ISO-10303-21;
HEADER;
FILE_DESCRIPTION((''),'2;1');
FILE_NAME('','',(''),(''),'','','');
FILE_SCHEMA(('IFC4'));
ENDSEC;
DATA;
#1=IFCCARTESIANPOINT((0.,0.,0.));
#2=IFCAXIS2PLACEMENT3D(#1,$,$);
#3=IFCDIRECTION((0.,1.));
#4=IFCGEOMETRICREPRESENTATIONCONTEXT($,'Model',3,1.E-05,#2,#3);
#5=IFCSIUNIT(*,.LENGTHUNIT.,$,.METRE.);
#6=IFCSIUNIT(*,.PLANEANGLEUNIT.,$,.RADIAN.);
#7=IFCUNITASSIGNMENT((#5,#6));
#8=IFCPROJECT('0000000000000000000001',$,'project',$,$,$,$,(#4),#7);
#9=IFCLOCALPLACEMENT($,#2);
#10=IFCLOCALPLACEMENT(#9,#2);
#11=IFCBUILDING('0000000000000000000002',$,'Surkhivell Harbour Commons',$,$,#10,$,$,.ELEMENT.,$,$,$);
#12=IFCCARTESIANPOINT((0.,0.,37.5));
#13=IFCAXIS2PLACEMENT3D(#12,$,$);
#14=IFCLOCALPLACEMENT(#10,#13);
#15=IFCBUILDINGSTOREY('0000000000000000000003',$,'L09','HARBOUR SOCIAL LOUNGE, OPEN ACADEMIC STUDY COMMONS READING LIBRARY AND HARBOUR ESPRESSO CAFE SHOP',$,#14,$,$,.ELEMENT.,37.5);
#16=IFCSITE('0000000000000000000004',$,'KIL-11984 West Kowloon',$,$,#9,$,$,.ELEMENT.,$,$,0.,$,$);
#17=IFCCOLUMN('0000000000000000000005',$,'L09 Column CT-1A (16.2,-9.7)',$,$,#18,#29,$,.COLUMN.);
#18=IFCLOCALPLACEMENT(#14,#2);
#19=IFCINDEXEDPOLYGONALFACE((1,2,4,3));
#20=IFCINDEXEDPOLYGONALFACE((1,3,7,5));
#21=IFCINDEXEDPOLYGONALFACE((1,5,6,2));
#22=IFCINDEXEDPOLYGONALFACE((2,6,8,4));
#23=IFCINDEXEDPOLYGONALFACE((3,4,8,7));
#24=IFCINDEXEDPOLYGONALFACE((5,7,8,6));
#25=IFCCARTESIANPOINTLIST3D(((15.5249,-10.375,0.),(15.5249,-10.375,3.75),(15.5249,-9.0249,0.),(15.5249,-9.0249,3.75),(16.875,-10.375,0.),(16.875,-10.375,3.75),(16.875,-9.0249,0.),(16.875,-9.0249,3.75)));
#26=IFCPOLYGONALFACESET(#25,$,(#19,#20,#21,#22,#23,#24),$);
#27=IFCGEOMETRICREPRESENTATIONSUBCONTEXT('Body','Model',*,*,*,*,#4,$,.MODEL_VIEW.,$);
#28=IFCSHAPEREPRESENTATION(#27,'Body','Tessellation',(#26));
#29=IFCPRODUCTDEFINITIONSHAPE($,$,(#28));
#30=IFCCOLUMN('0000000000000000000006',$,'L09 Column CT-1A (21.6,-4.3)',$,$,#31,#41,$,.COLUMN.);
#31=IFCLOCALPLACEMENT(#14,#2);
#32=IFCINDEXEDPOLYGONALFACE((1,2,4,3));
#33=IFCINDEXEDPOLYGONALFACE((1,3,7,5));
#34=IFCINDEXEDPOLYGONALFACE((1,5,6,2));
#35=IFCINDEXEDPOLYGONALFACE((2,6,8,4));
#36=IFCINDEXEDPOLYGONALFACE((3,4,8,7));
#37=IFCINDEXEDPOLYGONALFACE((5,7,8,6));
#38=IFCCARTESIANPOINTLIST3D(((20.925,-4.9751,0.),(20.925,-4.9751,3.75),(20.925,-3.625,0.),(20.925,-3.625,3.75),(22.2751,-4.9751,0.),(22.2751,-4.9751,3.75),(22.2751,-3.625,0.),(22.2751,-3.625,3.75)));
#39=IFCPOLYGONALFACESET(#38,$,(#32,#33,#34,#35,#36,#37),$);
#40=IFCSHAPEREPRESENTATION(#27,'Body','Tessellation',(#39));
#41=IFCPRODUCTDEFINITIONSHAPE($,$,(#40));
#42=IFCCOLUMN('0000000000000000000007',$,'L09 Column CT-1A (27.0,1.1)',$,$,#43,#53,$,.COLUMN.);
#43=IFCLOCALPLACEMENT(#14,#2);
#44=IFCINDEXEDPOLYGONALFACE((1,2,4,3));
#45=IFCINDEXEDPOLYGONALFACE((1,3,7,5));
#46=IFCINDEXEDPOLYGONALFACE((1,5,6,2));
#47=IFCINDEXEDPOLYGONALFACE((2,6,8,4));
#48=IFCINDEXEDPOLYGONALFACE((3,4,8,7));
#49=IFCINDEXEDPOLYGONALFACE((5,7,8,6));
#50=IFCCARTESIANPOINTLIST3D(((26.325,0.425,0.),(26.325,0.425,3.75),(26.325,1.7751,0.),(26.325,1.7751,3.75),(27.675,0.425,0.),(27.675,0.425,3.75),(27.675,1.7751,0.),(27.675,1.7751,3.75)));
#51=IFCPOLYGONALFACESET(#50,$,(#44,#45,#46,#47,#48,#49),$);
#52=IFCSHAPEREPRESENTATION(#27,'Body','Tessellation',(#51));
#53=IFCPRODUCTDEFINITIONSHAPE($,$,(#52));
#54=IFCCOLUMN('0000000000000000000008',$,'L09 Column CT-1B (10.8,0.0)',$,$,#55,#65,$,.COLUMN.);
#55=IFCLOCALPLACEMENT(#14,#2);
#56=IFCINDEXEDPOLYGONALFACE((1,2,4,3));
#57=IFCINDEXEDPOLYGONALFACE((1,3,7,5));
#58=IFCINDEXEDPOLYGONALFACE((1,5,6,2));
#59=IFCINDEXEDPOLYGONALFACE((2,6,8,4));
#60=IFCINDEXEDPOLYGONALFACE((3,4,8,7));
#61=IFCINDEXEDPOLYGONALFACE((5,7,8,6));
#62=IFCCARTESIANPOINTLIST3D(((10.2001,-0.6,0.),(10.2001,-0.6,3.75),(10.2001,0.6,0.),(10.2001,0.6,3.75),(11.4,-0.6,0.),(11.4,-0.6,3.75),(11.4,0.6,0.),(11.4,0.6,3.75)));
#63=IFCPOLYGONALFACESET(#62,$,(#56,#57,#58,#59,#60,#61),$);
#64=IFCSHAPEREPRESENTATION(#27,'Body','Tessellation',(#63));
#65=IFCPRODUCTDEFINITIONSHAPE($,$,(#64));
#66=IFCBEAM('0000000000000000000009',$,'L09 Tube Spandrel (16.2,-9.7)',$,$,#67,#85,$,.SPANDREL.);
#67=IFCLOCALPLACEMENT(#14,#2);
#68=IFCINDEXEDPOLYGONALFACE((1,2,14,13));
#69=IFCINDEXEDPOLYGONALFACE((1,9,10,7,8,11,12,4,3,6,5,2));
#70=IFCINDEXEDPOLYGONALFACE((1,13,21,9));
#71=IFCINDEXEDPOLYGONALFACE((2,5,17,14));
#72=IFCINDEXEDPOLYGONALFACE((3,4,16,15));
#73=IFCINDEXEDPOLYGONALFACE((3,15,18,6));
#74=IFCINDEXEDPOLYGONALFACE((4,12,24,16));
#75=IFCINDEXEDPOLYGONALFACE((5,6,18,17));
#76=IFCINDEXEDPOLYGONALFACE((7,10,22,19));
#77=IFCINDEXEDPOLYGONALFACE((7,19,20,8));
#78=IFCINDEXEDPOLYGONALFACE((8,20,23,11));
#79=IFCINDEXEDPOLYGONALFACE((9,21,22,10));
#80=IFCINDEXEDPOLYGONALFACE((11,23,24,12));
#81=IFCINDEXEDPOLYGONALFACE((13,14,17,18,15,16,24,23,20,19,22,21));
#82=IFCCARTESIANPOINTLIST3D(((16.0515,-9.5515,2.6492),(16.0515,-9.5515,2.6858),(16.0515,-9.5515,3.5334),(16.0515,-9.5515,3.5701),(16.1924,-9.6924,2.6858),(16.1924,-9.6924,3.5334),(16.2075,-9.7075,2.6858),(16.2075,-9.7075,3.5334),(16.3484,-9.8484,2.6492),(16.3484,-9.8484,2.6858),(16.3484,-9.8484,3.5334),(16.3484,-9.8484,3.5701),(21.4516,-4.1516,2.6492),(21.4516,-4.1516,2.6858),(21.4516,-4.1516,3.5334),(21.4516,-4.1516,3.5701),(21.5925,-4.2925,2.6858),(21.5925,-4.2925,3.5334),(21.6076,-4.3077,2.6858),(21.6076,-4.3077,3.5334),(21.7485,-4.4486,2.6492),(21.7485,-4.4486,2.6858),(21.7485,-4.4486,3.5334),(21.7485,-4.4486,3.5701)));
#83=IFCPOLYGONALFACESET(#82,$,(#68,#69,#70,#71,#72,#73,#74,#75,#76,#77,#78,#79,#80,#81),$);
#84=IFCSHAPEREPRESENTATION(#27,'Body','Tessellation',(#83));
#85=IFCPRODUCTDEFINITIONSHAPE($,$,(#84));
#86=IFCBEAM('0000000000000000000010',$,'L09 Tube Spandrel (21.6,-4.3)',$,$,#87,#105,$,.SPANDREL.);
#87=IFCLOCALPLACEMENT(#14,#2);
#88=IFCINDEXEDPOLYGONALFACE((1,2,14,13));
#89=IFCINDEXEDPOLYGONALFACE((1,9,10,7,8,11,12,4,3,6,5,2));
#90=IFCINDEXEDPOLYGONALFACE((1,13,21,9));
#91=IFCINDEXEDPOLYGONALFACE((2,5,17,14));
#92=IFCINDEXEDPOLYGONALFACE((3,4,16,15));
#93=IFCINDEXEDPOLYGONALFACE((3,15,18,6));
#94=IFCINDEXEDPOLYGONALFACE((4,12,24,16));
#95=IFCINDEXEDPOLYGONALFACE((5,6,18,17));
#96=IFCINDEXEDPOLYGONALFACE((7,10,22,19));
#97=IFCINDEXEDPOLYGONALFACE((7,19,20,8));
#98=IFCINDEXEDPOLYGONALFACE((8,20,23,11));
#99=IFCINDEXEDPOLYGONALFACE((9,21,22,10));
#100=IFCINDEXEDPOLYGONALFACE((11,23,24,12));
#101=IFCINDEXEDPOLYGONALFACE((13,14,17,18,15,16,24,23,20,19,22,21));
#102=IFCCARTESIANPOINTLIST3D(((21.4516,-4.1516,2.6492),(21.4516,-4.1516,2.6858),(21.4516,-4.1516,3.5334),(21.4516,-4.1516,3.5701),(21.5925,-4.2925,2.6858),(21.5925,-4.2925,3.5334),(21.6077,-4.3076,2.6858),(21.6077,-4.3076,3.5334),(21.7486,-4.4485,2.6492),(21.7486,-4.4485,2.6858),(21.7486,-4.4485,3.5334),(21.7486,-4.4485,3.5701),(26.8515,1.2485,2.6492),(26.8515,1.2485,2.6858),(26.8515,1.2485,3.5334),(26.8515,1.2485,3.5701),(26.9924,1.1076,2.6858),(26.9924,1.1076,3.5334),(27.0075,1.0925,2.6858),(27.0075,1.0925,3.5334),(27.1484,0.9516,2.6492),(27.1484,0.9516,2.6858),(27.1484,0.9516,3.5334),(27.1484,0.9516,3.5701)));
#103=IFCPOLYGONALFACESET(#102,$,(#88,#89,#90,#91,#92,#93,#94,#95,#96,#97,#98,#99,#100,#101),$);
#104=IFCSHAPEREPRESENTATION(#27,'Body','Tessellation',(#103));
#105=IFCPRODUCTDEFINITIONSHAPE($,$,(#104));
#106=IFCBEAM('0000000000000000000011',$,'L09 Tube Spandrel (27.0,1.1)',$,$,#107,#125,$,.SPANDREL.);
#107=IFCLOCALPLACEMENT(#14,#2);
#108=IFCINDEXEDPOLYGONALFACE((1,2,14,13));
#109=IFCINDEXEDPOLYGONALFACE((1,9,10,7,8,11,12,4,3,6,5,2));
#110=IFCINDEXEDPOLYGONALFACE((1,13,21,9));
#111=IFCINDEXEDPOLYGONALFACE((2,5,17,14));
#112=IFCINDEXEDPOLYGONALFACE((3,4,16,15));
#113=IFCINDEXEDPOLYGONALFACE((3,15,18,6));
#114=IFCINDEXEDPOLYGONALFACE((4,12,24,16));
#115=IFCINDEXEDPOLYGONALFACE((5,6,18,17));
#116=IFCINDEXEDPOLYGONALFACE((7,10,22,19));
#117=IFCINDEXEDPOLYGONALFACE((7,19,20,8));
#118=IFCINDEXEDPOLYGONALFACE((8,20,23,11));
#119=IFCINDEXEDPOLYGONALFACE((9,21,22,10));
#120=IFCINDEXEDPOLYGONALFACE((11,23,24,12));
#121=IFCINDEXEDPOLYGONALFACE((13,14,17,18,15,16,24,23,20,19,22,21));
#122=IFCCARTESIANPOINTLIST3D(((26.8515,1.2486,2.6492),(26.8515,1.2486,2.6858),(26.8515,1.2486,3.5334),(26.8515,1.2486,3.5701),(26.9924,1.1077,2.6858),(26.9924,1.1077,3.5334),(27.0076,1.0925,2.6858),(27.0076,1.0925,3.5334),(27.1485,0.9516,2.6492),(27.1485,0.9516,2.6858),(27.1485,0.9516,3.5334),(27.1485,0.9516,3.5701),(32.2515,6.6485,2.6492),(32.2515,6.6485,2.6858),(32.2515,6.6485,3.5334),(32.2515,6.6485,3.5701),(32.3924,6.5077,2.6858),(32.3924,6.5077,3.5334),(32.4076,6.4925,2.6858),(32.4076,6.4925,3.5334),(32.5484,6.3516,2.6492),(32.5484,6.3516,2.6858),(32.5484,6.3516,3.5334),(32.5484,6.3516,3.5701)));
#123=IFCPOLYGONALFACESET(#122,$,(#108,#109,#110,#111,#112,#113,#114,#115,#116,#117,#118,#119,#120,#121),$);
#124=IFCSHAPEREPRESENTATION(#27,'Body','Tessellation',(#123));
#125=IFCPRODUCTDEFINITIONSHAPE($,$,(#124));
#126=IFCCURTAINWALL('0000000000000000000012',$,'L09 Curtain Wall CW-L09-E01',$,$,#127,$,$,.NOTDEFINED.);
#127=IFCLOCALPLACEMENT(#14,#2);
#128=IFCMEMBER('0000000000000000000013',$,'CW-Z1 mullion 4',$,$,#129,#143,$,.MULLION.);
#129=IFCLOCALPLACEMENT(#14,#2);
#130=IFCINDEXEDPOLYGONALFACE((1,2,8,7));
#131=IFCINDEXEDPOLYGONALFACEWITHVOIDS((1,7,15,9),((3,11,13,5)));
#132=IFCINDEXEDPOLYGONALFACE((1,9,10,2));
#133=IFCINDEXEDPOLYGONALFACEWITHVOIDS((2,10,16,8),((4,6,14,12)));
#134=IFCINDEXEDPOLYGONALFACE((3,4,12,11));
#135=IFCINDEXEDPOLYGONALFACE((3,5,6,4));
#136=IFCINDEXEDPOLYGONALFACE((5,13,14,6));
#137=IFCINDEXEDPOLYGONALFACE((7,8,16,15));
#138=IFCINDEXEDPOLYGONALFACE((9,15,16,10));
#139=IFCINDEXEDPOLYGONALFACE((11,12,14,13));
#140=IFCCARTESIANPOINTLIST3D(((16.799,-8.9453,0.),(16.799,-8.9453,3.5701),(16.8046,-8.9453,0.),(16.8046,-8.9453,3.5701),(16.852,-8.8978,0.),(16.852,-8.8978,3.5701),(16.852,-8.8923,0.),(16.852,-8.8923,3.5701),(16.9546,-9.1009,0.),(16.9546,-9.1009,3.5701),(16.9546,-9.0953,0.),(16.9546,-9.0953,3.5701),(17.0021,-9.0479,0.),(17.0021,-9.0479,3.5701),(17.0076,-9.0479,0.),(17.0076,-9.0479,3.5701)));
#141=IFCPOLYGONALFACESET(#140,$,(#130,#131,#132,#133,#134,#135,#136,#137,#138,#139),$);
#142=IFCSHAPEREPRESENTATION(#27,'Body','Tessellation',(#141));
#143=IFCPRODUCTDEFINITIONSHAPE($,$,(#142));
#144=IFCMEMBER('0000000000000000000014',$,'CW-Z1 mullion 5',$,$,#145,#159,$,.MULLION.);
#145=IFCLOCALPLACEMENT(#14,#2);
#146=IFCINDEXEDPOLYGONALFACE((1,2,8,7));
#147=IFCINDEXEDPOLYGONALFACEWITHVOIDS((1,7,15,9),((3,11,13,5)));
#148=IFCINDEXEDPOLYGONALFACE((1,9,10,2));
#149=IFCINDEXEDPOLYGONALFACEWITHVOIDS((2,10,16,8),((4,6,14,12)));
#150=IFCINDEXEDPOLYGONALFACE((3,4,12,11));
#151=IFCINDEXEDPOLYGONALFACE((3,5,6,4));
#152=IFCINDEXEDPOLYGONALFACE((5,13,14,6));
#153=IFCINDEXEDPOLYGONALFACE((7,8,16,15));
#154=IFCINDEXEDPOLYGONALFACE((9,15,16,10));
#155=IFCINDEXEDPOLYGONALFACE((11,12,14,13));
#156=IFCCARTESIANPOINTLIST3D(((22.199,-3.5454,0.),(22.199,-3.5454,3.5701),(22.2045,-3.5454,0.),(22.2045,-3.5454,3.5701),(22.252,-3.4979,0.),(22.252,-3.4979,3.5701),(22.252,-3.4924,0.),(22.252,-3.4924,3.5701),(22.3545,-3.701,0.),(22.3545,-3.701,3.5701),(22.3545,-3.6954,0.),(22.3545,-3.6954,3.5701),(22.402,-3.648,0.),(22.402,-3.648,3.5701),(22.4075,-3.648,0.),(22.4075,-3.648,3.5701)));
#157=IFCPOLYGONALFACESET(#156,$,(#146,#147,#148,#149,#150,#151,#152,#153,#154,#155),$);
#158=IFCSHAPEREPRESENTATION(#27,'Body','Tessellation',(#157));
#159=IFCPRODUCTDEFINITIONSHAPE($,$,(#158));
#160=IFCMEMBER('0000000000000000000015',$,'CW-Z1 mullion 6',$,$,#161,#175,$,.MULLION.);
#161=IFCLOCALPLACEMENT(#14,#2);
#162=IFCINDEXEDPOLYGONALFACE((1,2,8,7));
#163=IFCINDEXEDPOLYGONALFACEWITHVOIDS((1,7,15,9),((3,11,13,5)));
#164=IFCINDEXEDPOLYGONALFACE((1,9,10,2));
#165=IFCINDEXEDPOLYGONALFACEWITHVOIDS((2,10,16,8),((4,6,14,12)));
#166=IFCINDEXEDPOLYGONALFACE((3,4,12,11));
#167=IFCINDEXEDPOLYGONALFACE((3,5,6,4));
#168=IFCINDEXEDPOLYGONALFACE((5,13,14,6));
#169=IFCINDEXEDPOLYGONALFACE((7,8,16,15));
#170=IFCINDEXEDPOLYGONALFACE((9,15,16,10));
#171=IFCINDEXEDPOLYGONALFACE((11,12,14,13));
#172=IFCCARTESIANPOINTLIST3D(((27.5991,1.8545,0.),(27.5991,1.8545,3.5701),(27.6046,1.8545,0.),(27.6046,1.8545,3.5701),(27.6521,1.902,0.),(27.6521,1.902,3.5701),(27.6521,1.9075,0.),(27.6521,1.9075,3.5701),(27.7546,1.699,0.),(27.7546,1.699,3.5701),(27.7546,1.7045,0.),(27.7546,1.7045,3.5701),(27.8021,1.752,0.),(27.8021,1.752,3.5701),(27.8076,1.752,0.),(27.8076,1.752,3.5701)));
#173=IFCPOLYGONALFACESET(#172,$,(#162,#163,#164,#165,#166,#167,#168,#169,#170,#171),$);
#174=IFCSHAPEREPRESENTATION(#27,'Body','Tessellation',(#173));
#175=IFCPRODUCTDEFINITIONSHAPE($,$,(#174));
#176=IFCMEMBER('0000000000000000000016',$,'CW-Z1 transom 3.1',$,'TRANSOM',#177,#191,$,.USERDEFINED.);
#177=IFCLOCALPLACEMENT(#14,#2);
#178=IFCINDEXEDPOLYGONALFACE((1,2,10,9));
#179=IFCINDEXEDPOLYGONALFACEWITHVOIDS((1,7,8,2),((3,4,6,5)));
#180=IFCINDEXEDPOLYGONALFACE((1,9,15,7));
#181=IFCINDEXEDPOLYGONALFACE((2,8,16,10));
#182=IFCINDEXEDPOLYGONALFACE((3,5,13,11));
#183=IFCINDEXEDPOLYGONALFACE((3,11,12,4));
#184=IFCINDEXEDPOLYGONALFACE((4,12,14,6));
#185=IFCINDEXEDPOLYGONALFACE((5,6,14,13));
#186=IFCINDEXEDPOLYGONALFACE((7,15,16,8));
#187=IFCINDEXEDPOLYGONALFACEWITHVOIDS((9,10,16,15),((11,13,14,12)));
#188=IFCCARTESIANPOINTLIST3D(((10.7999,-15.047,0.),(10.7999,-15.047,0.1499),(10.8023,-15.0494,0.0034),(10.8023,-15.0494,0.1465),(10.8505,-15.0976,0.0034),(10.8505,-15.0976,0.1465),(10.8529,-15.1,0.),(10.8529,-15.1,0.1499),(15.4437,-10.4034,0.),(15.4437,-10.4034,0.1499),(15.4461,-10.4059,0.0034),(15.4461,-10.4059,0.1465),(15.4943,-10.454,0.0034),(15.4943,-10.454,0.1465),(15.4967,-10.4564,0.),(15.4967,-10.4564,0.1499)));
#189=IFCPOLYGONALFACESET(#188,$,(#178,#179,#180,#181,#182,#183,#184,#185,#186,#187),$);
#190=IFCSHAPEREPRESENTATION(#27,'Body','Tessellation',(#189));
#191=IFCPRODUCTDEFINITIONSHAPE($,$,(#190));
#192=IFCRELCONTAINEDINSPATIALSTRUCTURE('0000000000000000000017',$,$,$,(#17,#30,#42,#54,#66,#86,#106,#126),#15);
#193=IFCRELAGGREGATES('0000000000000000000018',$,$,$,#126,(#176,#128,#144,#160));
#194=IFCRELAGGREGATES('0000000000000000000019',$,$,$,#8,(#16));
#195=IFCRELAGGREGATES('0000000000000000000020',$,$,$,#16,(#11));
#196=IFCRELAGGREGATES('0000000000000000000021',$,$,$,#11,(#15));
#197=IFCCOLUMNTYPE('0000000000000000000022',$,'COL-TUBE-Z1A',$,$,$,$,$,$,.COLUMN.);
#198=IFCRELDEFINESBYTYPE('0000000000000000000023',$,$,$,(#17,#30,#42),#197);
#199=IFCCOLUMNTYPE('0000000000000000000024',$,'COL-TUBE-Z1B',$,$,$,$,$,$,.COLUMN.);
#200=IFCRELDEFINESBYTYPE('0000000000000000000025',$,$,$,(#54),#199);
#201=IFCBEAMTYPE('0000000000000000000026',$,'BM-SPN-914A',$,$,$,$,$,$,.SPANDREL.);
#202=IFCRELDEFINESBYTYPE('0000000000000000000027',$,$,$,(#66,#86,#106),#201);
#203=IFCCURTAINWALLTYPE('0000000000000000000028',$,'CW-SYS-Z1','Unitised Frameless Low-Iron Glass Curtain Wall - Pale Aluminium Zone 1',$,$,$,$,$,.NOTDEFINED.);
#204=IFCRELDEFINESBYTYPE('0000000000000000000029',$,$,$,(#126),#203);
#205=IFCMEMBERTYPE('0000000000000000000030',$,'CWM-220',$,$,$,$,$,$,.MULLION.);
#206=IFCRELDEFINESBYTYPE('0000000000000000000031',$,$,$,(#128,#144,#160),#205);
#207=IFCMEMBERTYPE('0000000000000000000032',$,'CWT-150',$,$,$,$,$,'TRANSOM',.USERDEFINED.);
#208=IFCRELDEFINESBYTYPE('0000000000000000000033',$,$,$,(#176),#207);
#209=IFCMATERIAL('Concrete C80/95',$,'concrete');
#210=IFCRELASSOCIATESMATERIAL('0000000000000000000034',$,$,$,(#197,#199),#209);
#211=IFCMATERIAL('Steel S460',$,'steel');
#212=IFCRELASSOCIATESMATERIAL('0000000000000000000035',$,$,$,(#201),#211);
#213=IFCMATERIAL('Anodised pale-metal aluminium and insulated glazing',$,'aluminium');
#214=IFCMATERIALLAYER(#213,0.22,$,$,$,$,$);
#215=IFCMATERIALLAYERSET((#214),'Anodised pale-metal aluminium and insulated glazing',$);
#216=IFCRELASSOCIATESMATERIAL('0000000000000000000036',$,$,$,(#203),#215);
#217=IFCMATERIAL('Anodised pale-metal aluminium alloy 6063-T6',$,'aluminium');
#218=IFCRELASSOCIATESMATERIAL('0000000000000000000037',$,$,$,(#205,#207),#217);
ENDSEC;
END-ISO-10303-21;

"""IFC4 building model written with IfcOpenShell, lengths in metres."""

from ifc_helpers import new_model, si_unit, direction, frame, origin, origin_2d, place, context, subcontext, project, spatial, rectangle, hollow_rectangle, i_section, extrude, material, layer, layer_set, material_profile, profile_set, type_object, element, aggregate, save


model = new_model("IFC4")

# Units and contexts
model_context = context("Model", 3, precision=1e-05, world=origin(), true_north=direction((0.0, 1.0)))
body_context = subcontext(model_context, "Body", "Model", "MODEL_VIEW")
ifc_project = project(units=[si_unit("LENGTHUNIT", "METRE"), si_unit("PLANEANGLEUNIT", "RADIAN")], contexts=[model_context])

# Site, building, storey
site_placement = place(None, origin())
site = spatial("IfcSite", under=ifc_project, at=site_placement, Name="KIL-11984 West Kowloon", CompositionType="ELEMENT", RefElevation=0.0)
building_placement = place(site_placement, origin())
building = spatial("IfcBuilding", under=site, at=building_placement, Name="Surkhivell Harbour Commons", CompositionType="ELEMENT")
storey_placement = place(building_placement, frame((0.0, 0.0, 37.5)))
storey = spatial("IfcBuildingStorey", under=building, at=storey_placement, Name="L09", Description="HARBOUR SOCIAL LOUNGE, OPEN ACADEMIC STUDY COMMONS READING LIBRARY AND HARBOUR ESPRESSO CAFE SHOP", CompositionType="ELEMENT", Elevation=37.5)

# Columns
ifc_material_1 = material(Name="Concrete C80/95", Category="concrete")
ifc_material_profile_1 = material_profile(ifc_material_1, rectangle(XDim=1.3501, YDim=1.3501, at=origin_2d()), Name="RC-COL-1350x1350")
ifc_profile_set_1 = profile_set([ifc_material_profile_1], Name="Concrete C80/95")
column_type_1 = type_object("IfcColumnType", Name="COL-TUBE-Z1A", PredefinedType="COLUMN", material=ifc_profile_set_1)
for number, where, z_axis, x_axis, name in (
    (1, (16.2, -9.7, 0.0), (0.0, 0.0, 1.0), (1.0, 0.0, 0.0), "L09 Column CT-1A (16.2,-9.7)"),
    (2, (21.6001, -4.3, 0.0), (0.0, 0.0, 1.0), (1.0, 0.0, 0.0), "L09 Column CT-1A (21.6,-4.3)"),
    (3, (27.0, 1.1001, 0.0), (0.0, 0.0, 1.0), (1.0, 0.0, 0.0), "L09 Column CT-1A (27.0,1.1)"),
):
    element("IfcColumn", number, at=place(storey_placement, frame(where, z_axis=z_axis, x_axis=x_axis)), inside=storey, type_object=column_type_1, Name=name, PredefinedType="COLUMN", context=body_context, shape_type="SweptSolid", body=[
        extrude(rectangle(XDim=1.3501, YDim=1.3501, at=origin_2d()), origin(), (0.0, 0.0, 1.0), 3.75),
    ])
ifc_material_profile_2 = material_profile(ifc_material_1, rectangle(XDim=1.2, YDim=1.2, at=origin_2d()), Name="RC-COL-1200x1200")
ifc_profile_set_2 = profile_set([ifc_material_profile_2], Name="Concrete C80/95")
column_type_2 = type_object("IfcColumnType", Name="COL-TUBE-Z1B", PredefinedType="COLUMN", material=ifc_profile_set_2)
column_placement = place(storey_placement, frame((10.8, 0.0, 0.0), z_axis=(0.0, 0.0, 1.0), x_axis=(1.0, 0.0, 0.0)))
element("IfcColumn", 4, at=column_placement, inside=storey, type_object=column_type_2, Name="L09 Column CT-1B (10.8,0.0)", PredefinedType="COLUMN", context=body_context, shape_type="SweptSolid", body=[
    extrude(rectangle(XDim=1.2, YDim=1.2, at=origin_2d()), origin(), (0.0, 0.0, 1.0), 3.75),
])

# Beams
ifc_material_2 = material(Name="Steel S460", Category="steel")
ifc_material_profile_3 = material_profile(ifc_material_2, i_section(OverallWidth=0.4199, OverallDepth=0.9209, WebThickness=0.0215, FlangeThickness=0.0366, at=origin_2d()), Name="UB914x419x388")
ifc_profile_set_3 = profile_set([ifc_material_profile_3], Name="Steel S460")
beam_type = type_object("IfcBeamType", Name="BM-SPN-914A", PredefinedType="SPANDREL", material=ifc_profile_set_3)
for number, where, z_axis, x_axis, name in (
    (5, (16.2, -9.7, 3.1096), (0.707123, 0.707091, 0.0), (-0.707091, 0.707123, 0.0), "L09 Tube Spandrel (16.2,-9.7)"),
    (6, (21.6001, -4.3, 3.1096), (0.707091, 0.707123, 0.0), (-0.707123, 0.707091, 0.0), "L09 Tube Spandrel (21.6,-4.3)"),
    (7, (27.0, 1.1001, 3.1096), (0.707107, 0.707107, 0.0), (-0.707107, 0.707107, 0.0), "L09 Tube Spandrel (27.0,1.1)"),
):
    element("IfcBeam", number, at=place(storey_placement, frame(where, z_axis=z_axis, x_axis=x_axis)), inside=storey, type_object=beam_type, Name=name, PredefinedType="SPANDREL", context=body_context, shape_type="SweptSolid", body=[
        extrude(i_section(OverallWidth=0.4199, OverallDepth=0.9209, WebThickness=0.0215, FlangeThickness=0.0366, at=origin_2d()), origin(), (0.0, 0.0, 1.0), 7.6367),
    ])

# Curtain wall, members
ifc_material_3 = material(Name="Anodised pale-metal aluminium and insulated glazing", Category="aluminium")
ifc_layer_1 = layer(ifc_material_3, 0.22)
ifc_layer_set_1 = layer_set([ifc_layer_1], Name="Anodised pale-metal aluminium and insulated glazing")
curtain_wall_type = type_object("IfcCurtainWallType", Name="CW-SYS-Z1", Description="Unitised Frameless Low-Iron Glass Curtain Wall - Pale Aluminium Zone 1", PredefinedType="NOTDEFINED", material=ifc_layer_set_1)
curtain_wall_placement = place(storey_placement, origin())
curtain_wall = element("IfcCurtainWall", 8, at=curtain_wall_placement, inside=storey, type_object=curtain_wall_type, Name="L09 Curtain Wall CW-L09-E01", PredefinedType="NOTDEFINED")
ifc_material_4 = material(Name="Anodised pale-metal aluminium alloy 6063-T6", Category="aluminium")
ifc_material_profile_4 = material_profile(ifc_material_4, hollow_rectangle(XDim=0.075, YDim=0.22, WallThickness=0.0039, at=origin_2d()), Name="ALU-MULL-75x220")
ifc_profile_set_4 = profile_set([ifc_material_profile_4], Name="Anodised pale-metal aluminium alloy 6063-T6")
member_type_1 = type_object("IfcMemberType", Name="CWM-220", PredefinedType="MULLION", material=ifc_profile_set_4)
member_1_placement = place(storey_placement, frame((16.9033, -8.9966, 0.0), z_axis=(0.0, 0.0, 1.0), x_axis=(0.707107, 0.707107, 0.0)))
member_1 = element("IfcMember", 9, at=member_1_placement, type_object=member_type_1, Name="CW-Z1 mullion 4", PredefinedType="MULLION", context=body_context, shape_type="SweptSolid", body=[
    extrude(hollow_rectangle(XDim=0.075, YDim=0.22, WallThickness=0.0039, at=origin_2d()), origin(), (0.0, 0.0, 1.0), 3.5701),
])
member_2_placement = place(storey_placement, frame((22.3032, -3.5967, 0.0), z_axis=(0.0, 0.0, 1.0), x_axis=(0.707107, 0.707107, 0.0)))
member_2 = element("IfcMember", 10, at=member_2_placement, type_object=member_type_1, Name="CW-Z1 mullion 5", PredefinedType="MULLION", context=body_context, shape_type="SweptSolid", body=[
    extrude(hollow_rectangle(XDim=0.075, YDim=0.22, WallThickness=0.0039, at=origin_2d()), origin(), (0.0, 0.0, 1.0), 3.5701),
])
member_3_placement = place(storey_placement, frame((27.7034, 1.8032, 0.0), z_axis=(0.0, 0.0, 1.0), x_axis=(0.707107, 0.707107, 0.0)))
member_3 = element("IfcMember", 11, at=member_3_placement, type_object=member_type_1, Name="CW-Z1 mullion 6", PredefinedType="MULLION", context=body_context, shape_type="SweptSolid", body=[
    extrude(hollow_rectangle(XDim=0.075, YDim=0.22, WallThickness=0.0039, at=origin_2d()), origin(), (0.0, 0.0, 1.0), 3.5701),
])
ifc_material_profile_5 = material_profile(ifc_material_4, hollow_rectangle(XDim=0.075, YDim=0.1499, WallThickness=0.0034, at=origin_2d()), Name="ALU-TRAN-75x150")
ifc_profile_set_5 = profile_set([ifc_material_profile_5], Name="Anodised pale-metal aluminium alloy 6063-T6")
member_type_2 = type_object("IfcMemberType", Name="CWT-150", ElementType="TRANSOM", PredefinedType="USERDEFINED", material=ifc_profile_set_5)
member_4_placement = place(storey_placement, frame((10.8264, -15.0735, 0.075), z_axis=(0.707125, 0.707088, 0.0), x_axis=(-0.707088, 0.707125, 0.0)))
member_4 = element("IfcMember", 12, at=member_4_placement, type_object=member_type_2, Name="CW-Z1 transom 3.1", ObjectType="TRANSOM", PredefinedType="USERDEFINED", context=body_context, shape_type="SweptSolid", body=[
    extrude(hollow_rectangle(XDim=0.075, YDim=0.1499, WallThickness=0.0034, at=origin_2d()), origin(), (0.0, 0.0, 1.0), 6.5671),
])
aggregate(curtain_wall, [member_4, member_1, member_2, member_3])

save(model, "model.ifc")
